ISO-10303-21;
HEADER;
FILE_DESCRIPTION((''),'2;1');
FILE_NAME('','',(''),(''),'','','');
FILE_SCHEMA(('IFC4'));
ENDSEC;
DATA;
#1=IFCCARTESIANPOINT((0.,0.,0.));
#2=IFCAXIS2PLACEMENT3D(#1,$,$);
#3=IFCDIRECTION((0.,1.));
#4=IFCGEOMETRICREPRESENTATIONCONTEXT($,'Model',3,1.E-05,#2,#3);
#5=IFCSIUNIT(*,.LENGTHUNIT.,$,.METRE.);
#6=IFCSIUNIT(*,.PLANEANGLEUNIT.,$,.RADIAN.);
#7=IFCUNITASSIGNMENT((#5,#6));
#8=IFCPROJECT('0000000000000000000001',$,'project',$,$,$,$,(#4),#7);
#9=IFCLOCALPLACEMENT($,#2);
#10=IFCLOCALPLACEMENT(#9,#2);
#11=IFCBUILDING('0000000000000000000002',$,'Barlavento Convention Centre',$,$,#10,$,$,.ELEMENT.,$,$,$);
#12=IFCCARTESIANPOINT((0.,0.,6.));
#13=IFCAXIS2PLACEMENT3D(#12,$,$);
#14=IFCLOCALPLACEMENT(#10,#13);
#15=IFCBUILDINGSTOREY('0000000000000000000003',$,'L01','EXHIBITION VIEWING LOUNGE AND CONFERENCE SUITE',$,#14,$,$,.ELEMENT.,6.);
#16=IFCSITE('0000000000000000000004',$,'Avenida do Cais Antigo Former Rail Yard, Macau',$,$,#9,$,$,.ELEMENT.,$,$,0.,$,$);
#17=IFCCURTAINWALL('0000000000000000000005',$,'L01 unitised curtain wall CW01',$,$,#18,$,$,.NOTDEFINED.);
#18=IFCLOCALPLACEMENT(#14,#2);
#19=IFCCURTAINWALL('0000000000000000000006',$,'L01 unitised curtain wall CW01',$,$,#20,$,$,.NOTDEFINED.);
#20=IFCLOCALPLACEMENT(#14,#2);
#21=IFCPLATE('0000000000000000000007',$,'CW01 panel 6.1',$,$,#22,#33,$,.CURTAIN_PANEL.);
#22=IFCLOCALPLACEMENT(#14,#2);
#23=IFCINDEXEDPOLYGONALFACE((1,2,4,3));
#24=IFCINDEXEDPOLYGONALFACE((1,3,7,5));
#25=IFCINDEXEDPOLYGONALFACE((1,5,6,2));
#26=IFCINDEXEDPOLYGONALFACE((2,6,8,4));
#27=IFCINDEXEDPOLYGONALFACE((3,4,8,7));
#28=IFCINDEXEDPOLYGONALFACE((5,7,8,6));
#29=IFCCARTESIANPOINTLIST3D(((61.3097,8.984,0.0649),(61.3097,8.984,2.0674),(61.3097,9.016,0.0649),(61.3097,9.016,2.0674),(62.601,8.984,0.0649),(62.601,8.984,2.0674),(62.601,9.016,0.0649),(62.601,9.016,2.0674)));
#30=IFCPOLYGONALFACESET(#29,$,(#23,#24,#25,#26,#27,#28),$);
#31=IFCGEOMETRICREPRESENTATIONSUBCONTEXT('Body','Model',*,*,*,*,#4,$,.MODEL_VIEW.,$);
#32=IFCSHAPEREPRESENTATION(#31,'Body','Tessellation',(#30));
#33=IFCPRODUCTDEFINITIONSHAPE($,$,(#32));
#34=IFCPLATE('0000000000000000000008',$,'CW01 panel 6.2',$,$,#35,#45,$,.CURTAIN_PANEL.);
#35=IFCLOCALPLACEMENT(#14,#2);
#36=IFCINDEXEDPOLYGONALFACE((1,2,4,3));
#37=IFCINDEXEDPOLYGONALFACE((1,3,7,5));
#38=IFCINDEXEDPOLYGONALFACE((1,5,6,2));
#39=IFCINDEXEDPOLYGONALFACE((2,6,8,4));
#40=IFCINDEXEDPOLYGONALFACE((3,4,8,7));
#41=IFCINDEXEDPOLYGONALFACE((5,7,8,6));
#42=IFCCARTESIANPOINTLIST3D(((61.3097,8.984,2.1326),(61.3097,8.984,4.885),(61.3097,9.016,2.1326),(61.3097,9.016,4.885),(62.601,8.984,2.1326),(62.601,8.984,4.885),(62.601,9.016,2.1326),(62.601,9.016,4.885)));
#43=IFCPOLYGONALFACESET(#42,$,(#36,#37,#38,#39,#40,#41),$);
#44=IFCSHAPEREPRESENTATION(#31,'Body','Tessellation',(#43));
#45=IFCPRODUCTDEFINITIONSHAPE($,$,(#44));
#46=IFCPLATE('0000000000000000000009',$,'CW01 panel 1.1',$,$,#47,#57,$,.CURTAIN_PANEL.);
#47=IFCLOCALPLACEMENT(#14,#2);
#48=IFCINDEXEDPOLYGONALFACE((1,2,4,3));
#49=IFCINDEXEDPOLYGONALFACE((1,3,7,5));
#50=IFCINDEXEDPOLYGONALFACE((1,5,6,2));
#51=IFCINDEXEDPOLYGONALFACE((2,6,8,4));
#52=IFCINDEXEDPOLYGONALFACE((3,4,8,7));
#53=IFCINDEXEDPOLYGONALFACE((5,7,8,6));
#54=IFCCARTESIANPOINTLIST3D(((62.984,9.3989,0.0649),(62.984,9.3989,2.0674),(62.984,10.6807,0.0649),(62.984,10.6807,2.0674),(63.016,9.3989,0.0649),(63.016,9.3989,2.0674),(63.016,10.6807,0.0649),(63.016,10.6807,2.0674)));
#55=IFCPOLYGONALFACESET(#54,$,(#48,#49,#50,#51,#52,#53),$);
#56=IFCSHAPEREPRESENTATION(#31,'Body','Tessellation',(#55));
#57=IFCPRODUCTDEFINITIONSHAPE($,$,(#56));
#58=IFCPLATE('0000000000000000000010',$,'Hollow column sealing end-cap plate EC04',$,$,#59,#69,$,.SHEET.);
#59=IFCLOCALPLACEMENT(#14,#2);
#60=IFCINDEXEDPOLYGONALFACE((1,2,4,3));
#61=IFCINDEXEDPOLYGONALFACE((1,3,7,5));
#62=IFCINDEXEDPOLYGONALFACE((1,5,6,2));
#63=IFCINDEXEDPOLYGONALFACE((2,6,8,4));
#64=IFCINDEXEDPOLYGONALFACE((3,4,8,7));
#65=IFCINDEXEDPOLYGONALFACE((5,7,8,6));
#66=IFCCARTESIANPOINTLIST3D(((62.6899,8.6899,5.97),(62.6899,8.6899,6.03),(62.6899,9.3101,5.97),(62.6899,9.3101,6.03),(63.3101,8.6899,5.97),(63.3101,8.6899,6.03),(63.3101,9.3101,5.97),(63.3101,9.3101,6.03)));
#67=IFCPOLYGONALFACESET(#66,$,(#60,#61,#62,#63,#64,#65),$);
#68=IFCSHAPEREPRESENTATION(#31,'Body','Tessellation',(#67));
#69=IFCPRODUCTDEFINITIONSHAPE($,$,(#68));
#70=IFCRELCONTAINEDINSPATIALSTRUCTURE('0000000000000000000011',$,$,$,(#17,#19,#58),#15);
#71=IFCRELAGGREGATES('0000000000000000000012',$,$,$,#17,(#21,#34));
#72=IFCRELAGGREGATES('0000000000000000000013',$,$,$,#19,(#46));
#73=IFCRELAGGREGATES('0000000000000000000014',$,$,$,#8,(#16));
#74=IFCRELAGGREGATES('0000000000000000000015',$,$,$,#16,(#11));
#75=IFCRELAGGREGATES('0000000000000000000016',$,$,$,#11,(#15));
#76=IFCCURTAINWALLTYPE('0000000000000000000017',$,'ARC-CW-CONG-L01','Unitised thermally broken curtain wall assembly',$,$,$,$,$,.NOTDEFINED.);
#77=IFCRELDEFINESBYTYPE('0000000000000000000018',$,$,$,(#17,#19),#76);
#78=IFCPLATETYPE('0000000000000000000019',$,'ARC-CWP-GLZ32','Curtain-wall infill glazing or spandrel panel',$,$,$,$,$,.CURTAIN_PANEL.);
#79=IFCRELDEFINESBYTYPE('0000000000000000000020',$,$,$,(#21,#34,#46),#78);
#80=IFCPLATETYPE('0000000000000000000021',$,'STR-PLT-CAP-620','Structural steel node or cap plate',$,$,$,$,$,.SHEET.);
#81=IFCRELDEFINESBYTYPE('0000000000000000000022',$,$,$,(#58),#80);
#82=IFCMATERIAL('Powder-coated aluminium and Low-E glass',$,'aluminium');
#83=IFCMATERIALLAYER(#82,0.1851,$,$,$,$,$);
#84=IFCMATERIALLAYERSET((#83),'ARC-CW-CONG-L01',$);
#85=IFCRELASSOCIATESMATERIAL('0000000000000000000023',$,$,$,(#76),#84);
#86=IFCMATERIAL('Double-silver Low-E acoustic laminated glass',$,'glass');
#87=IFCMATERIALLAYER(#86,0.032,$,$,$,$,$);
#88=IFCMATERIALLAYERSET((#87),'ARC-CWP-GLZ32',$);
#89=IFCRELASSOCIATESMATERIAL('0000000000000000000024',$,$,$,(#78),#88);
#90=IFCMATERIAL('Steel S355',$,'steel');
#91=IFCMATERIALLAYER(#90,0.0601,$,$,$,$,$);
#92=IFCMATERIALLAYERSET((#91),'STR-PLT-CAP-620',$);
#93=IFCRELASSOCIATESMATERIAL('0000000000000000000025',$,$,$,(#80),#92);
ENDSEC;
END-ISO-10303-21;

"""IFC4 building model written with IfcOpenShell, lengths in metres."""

from ifc_helpers import new_model, si_unit, direction, frame, origin, origin_2d, place, context, subcontext, project, spatial, rectangle, extrude, material, layer, layer_set, type_object, element, aggregate, save


model = new_model("IFC4")

# Units and contexts
model_context = context("Model", 3, precision=1e-05, world=origin(), true_north=direction((0.0, 1.0)))
body_context = subcontext(model_context, "Body", "Model", "MODEL_VIEW")
ifc_project = project(units=[si_unit("LENGTHUNIT", "METRE"), si_unit("PLANEANGLEUNIT", "RADIAN")], contexts=[model_context])

# Site, building, storey
site_placement = place(None, origin())
site = spatial("IfcSite", under=ifc_project, at=site_placement, Name="Avenida do Cais Antigo Former Rail Yard, Macau", CompositionType="ELEMENT", RefElevation=0.0)
building_placement = place(site_placement, origin())
building = spatial("IfcBuilding", under=site, at=building_placement, Name="Barlavento Convention Centre", CompositionType="ELEMENT")
storey_placement = place(building_placement, frame((0.0, 0.0, 6.0)))
storey = spatial("IfcBuildingStorey", under=building, at=storey_placement, Name="L01", Description="EXHIBITION VIEWING LOUNGE AND CONFERENCE SUITE", CompositionType="ELEMENT", Elevation=6.0)

# Curtain wall
ifc_material_1 = material(Name="Powder-coated aluminium and Low-E glass", Category="aluminium")
ifc_layer_1 = layer(ifc_material_1, 0.1851)
ifc_layer_set_1 = layer_set([ifc_layer_1], Name="ARC-CW-CONG-L01")
curtain_wall_type = type_object("IfcCurtainWallType", Name="ARC-CW-CONG-L01", Description="Unitised thermally broken curtain wall assembly", PredefinedType="NOTDEFINED", material=ifc_layer_set_1)
curtain_wall_1_placement = place(storey_placement, origin())
curtain_wall_1 = element("IfcCurtainWall", 1, at=curtain_wall_1_placement, inside=storey, type_object=curtain_wall_type, Name="L01 unitised curtain wall CW01", PredefinedType="NOTDEFINED")

# Curtain wall
curtain_wall_2_placement = place(storey_placement, origin())
curtain_wall_2 = element("IfcCurtainWall", 2, at=curtain_wall_2_placement, inside=storey, type_object=curtain_wall_type, Name="L01 unitised curtain wall CW01", PredefinedType="NOTDEFINED")

# Shared definitions
ifc_material_2 = material(Name="Steel S355", Category="steel")

# Plates
ifc_material_3 = material(Name="Double-silver Low-E acoustic laminated glass", Category="glass")
ifc_layer_2 = layer(ifc_material_3, 0.032)
ifc_layer_set_2 = layer_set([ifc_layer_2], Name="ARC-CWP-GLZ32")
plate_type_1 = type_object("IfcPlateType", Name="ARC-CWP-GLZ32", Description="Curtain-wall infill glazing or spandrel panel", PredefinedType="CURTAIN_PANEL", material=ifc_layer_set_2)
plate_1_placement = place(storey_placement, frame((61.9553, 9.0, 0.0649), z_axis=(0.0, 0.0, 1.0), x_axis=(1.0, 0.0, 0.0)))
plate_1 = element("IfcPlate", 3, at=plate_1_placement, type_object=plate_type_1, Name="CW01 panel 6.1", PredefinedType="CURTAIN_PANEL", context=body_context, shape_type="SweptSolid", body=[
    extrude(rectangle(XDim=1.2913, YDim=0.032, at=origin_2d()), origin(), (0.0, 0.0, 1.0), 2.0024),
])
plate_2_placement = place(storey_placement, frame((61.9553, 9.0, 2.1326), z_axis=(0.0, 0.0, 1.0), x_axis=(1.0, 0.0, 0.0)))
plate_2 = element("IfcPlate", 4, at=plate_2_placement, type_object=plate_type_1, Name="CW01 panel 6.2", PredefinedType="CURTAIN_PANEL", context=body_context, shape_type="SweptSolid", body=[
    extrude(rectangle(XDim=1.2913, YDim=0.032, at=origin_2d()), origin(), (0.0, 0.0, 1.0), 2.7524),
])
aggregate(curtain_wall_1, [plate_1, plate_2])
plate_3_placement = place(storey_placement, frame((63.0, 10.0398, 0.0649), z_axis=(0.0, 0.0, 1.0), x_axis=(0.0, 1.0, 0.0)))
plate_3 = element("IfcPlate", 5, at=plate_3_placement, type_object=plate_type_1, Name="CW01 panel 1.1", PredefinedType="CURTAIN_PANEL", context=body_context, shape_type="SweptSolid", body=[
    extrude(rectangle(XDim=1.2817, YDim=0.032, at=origin_2d()), origin(), (0.0, 0.0, 1.0), 2.0024),
])
aggregate(curtain_wall_2, [plate_3])
ifc_layer_3 = layer(ifc_material_2, 0.0601)
ifc_layer_set_3 = layer_set([ifc_layer_3], Name="STR-PLT-CAP-620")
plate_type_2 = type_object("IfcPlateType", Name="STR-PLT-CAP-620", Description="Structural steel node or cap plate", PredefinedType="SHEET", material=ifc_layer_set_3)
plate_4_placement = place(storey_placement, frame((63.0, 9.0, 5.97), z_axis=(0.0, 0.0, 1.0), x_axis=(1.0, 0.0, 0.0)))
element("IfcPlate", 6, at=plate_4_placement, inside=storey, type_object=plate_type_2, Name="Hollow column sealing end-cap plate EC04", PredefinedType="SHEET", context=body_context, shape_type="SweptSolid", body=[
    extrude(rectangle(XDim=0.6201, YDim=0.6201, at=origin_2d()), origin(), (0.0, 0.0, 1.0), 0.0601),
])

save(model, "model.ifc")
